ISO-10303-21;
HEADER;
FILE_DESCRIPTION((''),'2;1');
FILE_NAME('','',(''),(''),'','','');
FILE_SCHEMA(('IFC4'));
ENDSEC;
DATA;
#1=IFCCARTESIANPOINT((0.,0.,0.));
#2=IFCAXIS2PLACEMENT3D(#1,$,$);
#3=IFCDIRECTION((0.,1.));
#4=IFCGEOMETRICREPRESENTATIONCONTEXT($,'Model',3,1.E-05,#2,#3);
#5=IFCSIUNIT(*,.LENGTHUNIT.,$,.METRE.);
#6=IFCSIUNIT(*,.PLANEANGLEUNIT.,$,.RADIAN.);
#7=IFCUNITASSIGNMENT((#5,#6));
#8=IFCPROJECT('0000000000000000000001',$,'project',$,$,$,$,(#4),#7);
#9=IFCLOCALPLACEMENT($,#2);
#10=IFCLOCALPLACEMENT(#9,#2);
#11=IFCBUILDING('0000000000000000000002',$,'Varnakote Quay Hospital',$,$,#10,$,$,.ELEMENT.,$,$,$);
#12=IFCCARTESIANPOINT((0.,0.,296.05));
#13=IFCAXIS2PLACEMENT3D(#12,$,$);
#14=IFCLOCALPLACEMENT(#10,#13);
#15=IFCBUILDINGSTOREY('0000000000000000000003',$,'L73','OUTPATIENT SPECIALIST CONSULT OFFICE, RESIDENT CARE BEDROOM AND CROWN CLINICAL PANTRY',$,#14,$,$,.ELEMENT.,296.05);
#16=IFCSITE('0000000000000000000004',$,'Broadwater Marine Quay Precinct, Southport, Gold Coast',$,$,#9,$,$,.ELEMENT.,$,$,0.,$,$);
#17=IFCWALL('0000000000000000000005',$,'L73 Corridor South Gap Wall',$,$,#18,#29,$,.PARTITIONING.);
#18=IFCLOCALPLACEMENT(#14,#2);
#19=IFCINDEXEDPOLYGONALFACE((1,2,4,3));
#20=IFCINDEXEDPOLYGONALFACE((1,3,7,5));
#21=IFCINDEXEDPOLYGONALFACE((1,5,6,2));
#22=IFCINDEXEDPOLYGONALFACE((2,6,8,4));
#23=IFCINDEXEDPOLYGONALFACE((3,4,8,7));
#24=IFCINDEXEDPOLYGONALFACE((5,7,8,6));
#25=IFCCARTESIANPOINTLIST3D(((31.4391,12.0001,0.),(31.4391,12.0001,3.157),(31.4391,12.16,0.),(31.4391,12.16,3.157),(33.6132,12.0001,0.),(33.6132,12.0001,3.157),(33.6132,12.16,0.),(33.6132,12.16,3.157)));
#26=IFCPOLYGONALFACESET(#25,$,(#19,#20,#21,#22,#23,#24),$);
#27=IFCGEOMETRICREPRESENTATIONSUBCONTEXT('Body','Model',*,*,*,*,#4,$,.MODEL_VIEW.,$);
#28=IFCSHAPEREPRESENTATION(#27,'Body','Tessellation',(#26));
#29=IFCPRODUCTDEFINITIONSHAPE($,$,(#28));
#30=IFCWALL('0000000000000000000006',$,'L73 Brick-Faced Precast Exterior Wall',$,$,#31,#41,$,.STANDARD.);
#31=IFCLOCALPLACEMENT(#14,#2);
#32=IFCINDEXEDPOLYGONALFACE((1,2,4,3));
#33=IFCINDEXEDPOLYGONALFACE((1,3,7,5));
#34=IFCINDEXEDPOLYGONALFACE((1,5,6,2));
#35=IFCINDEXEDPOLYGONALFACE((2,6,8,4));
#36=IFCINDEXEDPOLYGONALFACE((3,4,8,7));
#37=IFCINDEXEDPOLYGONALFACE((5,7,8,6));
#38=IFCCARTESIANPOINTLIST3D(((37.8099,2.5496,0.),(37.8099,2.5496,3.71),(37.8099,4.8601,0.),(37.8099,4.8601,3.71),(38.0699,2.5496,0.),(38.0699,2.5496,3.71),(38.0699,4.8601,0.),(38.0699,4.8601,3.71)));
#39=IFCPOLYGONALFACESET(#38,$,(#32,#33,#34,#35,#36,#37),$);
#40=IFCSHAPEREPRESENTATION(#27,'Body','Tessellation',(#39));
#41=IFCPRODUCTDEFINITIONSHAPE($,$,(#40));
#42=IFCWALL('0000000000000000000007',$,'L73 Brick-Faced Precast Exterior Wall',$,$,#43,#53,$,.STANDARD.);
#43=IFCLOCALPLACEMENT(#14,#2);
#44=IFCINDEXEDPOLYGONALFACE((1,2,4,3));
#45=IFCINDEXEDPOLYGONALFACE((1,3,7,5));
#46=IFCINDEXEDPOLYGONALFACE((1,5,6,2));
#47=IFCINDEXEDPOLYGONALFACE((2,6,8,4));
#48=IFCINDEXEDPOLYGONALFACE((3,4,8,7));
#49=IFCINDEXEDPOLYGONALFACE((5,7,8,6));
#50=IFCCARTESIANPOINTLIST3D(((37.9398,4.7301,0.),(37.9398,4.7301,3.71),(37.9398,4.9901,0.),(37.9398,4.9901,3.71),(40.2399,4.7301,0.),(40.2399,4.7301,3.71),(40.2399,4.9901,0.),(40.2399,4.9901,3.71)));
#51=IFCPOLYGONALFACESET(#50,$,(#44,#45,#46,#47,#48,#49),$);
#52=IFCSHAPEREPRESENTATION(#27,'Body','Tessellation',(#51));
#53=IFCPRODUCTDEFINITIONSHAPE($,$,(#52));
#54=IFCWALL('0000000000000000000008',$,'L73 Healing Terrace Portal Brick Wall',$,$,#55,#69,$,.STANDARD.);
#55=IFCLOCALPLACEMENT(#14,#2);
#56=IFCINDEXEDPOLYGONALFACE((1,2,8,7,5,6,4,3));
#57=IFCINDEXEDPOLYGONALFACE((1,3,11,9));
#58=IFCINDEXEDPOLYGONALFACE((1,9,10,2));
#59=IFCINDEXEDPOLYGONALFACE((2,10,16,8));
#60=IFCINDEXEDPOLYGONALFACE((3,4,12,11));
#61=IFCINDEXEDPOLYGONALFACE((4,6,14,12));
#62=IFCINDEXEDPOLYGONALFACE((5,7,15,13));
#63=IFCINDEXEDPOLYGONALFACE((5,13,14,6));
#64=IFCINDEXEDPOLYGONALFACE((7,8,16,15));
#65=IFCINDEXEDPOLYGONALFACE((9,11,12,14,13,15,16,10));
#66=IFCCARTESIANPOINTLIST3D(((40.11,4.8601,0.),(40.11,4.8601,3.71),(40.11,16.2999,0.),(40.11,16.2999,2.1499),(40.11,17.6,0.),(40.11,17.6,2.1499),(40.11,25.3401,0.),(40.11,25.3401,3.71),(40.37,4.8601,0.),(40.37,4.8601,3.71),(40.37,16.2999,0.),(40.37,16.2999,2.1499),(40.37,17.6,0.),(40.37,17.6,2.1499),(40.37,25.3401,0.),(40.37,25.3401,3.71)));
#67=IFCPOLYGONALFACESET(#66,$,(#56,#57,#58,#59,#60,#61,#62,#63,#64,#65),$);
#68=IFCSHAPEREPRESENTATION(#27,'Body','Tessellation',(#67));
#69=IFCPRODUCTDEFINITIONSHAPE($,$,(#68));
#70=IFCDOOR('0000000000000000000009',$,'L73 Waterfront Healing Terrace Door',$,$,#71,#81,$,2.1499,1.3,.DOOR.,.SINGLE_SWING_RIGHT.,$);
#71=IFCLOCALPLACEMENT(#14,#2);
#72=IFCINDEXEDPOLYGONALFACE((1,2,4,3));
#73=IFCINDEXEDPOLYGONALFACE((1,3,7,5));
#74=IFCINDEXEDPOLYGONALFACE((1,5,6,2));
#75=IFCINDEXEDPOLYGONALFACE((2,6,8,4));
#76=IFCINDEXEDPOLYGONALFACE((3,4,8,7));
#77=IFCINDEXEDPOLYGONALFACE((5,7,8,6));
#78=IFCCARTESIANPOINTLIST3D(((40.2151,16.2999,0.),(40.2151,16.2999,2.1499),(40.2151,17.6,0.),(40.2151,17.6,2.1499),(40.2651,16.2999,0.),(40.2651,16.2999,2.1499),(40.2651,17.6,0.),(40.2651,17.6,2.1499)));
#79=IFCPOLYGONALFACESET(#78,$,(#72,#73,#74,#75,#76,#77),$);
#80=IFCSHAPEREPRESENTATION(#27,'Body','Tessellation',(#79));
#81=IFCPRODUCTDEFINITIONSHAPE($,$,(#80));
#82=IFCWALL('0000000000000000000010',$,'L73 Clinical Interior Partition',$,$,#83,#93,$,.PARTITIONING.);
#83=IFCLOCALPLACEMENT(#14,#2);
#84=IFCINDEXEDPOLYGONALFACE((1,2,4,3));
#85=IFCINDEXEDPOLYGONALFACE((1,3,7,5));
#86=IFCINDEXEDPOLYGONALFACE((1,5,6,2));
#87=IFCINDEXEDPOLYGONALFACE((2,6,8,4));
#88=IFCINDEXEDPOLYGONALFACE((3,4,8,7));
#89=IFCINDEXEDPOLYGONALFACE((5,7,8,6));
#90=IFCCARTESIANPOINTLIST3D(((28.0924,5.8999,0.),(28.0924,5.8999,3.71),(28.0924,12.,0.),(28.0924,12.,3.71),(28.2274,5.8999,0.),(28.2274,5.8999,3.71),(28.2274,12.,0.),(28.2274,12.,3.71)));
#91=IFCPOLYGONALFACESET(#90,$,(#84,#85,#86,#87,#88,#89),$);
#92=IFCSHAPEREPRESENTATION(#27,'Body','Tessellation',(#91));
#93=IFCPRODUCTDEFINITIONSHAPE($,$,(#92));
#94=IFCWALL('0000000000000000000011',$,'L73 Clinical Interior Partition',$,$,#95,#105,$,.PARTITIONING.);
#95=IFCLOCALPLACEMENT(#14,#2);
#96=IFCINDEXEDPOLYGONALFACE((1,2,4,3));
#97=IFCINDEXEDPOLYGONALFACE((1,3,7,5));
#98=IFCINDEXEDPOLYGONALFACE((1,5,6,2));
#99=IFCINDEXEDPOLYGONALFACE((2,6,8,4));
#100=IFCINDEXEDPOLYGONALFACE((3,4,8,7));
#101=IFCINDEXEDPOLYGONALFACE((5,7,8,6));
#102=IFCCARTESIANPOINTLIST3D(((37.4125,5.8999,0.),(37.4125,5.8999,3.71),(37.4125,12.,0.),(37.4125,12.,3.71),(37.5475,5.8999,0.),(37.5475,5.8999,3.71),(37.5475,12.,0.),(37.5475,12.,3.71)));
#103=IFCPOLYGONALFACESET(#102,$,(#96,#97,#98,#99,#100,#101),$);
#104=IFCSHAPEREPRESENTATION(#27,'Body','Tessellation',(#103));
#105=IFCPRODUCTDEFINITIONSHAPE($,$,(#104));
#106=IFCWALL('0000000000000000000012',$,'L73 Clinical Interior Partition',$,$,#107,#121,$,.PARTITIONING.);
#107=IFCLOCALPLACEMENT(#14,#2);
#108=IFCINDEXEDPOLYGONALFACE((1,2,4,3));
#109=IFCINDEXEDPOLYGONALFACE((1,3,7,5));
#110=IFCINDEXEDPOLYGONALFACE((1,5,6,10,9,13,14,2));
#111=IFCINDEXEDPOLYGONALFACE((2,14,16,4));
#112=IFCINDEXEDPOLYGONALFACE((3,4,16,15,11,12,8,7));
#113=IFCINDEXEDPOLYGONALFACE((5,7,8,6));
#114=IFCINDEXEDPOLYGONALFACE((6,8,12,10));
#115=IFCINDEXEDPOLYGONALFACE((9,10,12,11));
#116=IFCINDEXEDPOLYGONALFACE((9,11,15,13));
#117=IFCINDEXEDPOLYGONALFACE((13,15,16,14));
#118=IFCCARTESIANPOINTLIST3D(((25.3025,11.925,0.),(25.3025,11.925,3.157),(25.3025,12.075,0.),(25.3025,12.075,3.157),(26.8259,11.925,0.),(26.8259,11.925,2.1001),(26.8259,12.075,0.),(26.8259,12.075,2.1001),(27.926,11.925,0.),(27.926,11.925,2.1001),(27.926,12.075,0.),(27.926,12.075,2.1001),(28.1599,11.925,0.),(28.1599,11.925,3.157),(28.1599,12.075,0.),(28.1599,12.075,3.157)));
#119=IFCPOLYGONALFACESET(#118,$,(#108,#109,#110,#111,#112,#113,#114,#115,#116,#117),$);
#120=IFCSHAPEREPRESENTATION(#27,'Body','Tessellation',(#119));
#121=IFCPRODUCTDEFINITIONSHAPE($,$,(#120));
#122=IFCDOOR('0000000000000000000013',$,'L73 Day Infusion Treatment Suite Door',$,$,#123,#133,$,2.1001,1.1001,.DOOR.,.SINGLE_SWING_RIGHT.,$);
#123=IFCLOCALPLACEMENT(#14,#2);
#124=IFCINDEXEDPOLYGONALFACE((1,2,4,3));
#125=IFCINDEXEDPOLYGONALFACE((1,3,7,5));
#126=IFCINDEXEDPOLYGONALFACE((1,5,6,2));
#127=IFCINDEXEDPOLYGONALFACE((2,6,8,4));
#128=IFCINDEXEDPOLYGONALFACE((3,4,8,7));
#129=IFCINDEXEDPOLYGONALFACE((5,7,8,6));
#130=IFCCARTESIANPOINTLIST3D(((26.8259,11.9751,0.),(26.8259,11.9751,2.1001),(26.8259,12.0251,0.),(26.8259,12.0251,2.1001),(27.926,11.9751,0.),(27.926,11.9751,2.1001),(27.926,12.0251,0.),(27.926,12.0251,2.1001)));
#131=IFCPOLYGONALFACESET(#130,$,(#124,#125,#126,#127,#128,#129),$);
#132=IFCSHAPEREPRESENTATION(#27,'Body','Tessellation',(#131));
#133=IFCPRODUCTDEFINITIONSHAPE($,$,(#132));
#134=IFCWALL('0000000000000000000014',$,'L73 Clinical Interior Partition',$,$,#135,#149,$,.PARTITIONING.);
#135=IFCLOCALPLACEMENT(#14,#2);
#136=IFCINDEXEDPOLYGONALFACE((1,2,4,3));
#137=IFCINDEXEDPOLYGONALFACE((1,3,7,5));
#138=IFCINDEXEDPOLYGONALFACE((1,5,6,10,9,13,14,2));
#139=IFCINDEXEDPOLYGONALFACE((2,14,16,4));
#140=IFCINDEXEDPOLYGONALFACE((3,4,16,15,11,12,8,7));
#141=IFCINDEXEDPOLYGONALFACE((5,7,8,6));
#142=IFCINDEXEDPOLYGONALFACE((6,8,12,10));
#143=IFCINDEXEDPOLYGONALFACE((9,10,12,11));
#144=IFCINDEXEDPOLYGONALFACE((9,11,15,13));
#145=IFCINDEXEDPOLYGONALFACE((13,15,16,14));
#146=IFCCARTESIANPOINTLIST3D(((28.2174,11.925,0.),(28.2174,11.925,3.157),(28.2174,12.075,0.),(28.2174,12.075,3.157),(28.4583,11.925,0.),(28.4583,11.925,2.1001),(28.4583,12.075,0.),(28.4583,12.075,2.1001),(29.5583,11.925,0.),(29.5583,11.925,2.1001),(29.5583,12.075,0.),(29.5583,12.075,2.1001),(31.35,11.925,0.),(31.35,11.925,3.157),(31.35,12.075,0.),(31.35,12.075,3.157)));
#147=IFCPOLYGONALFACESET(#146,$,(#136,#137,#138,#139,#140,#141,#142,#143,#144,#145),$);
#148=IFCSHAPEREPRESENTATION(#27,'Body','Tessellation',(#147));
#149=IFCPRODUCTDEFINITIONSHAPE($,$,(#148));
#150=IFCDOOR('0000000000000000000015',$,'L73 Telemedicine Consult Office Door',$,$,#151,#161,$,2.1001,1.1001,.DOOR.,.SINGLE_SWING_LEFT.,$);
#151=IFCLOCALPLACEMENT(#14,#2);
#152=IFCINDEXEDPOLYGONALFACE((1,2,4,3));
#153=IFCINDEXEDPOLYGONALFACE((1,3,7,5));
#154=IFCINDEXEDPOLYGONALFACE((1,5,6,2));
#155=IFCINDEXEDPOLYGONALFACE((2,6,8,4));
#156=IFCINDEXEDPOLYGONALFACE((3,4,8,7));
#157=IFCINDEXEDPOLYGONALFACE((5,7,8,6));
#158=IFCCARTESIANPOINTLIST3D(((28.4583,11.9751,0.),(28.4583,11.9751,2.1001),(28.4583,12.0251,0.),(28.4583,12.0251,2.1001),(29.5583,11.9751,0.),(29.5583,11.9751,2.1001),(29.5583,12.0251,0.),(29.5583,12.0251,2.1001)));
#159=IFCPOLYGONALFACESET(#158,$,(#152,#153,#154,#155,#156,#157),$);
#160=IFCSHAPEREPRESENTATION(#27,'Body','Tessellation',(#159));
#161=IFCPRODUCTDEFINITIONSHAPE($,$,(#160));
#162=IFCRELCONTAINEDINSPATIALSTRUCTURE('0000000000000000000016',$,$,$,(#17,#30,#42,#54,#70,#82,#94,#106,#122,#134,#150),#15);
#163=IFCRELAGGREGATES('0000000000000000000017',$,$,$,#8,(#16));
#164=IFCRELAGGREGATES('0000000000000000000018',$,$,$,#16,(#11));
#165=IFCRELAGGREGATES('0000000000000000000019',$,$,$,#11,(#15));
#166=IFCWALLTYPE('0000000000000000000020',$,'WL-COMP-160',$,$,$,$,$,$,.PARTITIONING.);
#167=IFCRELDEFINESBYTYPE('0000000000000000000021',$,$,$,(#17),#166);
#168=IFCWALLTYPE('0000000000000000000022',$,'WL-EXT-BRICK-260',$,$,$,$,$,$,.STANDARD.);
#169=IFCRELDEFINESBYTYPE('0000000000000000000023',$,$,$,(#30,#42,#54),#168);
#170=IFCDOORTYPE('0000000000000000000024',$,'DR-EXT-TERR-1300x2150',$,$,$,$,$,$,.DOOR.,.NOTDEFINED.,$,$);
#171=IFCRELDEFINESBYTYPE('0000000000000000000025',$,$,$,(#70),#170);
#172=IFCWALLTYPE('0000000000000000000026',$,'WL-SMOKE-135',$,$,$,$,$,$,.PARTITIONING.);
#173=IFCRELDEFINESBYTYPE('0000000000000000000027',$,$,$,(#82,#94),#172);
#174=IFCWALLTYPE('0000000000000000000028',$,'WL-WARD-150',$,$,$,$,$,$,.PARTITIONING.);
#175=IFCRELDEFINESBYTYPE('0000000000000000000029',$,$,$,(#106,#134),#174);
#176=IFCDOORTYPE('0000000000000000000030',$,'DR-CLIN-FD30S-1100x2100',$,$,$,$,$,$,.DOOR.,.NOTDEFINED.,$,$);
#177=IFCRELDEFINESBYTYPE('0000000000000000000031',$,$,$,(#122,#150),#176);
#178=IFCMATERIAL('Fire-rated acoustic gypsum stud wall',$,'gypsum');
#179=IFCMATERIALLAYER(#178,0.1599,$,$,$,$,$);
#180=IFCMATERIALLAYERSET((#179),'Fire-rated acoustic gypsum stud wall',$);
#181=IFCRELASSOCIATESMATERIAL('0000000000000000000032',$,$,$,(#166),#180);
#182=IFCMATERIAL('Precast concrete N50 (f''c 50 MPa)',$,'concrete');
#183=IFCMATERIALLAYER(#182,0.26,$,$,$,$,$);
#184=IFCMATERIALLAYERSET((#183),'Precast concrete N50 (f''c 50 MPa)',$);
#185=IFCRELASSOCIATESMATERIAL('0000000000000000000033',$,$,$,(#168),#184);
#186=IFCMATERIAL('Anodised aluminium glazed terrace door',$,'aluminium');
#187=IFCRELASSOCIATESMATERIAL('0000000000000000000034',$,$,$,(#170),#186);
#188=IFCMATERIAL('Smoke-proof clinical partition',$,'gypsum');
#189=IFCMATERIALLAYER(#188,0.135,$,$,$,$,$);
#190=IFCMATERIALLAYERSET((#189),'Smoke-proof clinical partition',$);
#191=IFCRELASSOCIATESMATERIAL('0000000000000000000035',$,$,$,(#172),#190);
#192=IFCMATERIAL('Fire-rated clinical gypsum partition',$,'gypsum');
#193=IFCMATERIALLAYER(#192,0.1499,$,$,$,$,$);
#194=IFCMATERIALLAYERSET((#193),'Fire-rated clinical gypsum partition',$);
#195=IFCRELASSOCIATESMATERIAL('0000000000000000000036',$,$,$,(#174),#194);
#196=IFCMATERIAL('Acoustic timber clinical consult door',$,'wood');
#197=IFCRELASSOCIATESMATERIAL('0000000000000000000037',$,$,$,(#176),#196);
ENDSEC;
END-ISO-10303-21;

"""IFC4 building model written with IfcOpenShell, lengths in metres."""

from ifc_helpers import new_model, si_unit, direction, frame, frame_2d, origin, place, context, subcontext, project, spatial, rectangle, extrude, material, layer, layer_set, type_object, element, fill, save


model = new_model("IFC4")

# Units and contexts
model_context = context("Model", 3, precision=1e-05, world=origin(), true_north=direction((0.0, 1.0)))
body_context = subcontext(model_context, "Body", "Model", "MODEL_VIEW")
ifc_project = project(units=[si_unit("LENGTHUNIT", "METRE"), si_unit("PLANEANGLEUNIT", "RADIAN")], contexts=[model_context])

# Site, building, storey
site_placement = place(None, origin())
site = spatial("IfcSite", under=ifc_project, at=site_placement, Name="Broadwater Marine Quay Precinct, Southport, Gold Coast", CompositionType="ELEMENT", RefElevation=0.0)
building_placement = place(site_placement, origin())
building = spatial("IfcBuilding", under=site, at=building_placement, Name="Varnakote Quay Hospital", CompositionType="ELEMENT")
storey_placement = place(building_placement, frame((0.0, 0.0, 296.05)))
storey = spatial("IfcBuildingStorey", under=building, at=storey_placement, Name="L73", Description="OUTPATIENT SPECIALIST CONSULT OFFICE, RESIDENT CARE BEDROOM AND CROWN CLINICAL PANTRY", CompositionType="ELEMENT", Elevation=296.05)

# Walls
ifc_material_1 = material(Name="Fire-rated acoustic gypsum stud wall", Category="gypsum")
ifc_layer_1 = layer(ifc_material_1, 0.1599)
ifc_layer_set_1 = layer_set([ifc_layer_1], Name="Fire-rated acoustic gypsum stud wall")
wall_type_1 = type_object("IfcWallType", Name="WL-COMP-160", PredefinedType="PARTITIONING", material=ifc_layer_set_1)
wall_1_placement = place(storey_placement, frame((31.4392, 12.0801, 0.0), z_axis=(0.0, 0.0, 1.0), x_axis=(1.0, 0.0, 0.0)))
element("IfcWall", 1, at=wall_1_placement, inside=storey, type_object=wall_type_1, Name="L73 Corridor South Gap Wall", PredefinedType="PARTITIONING", context=body_context, shape_type="SweptSolid", body=[
    extrude(rectangle(XDim=2.1741, YDim=0.1599, at=frame_2d((1.0869, 0.0))), origin(), (0.0, 0.0, 1.0), 3.157),
])
ifc_material_2 = material(Name="Precast concrete N50 (f'c 50 MPa)", Category="concrete")
ifc_layer_2 = layer(ifc_material_2, 0.26)
ifc_layer_set_2 = layer_set([ifc_layer_2], Name="Precast concrete N50 (f'c 50 MPa)")
wall_type_2 = type_object("IfcWallType", Name="WL-EXT-BRICK-260", PredefinedType="STANDARD", material=ifc_layer_set_2)
wall_2_placement = place(storey_placement, frame((37.9399, 2.5496, 0.0), z_axis=(0.0, 0.0, 1.0), x_axis=(0.0, 1.0, 0.0)))
element("IfcWall", 2, at=wall_2_placement, inside=storey, type_object=wall_type_2, Name="L73 Brick-Faced Precast Exterior Wall", PredefinedType="STANDARD", context=body_context, shape_type="SweptSolid", body=[
    extrude(rectangle(XDim=2.3105, YDim=0.26, at=frame_2d((1.1553, 0.0))), origin(), (0.0, 0.0, 1.0), 3.71),
])
wall_3_placement = place(storey_placement, frame((37.9399, 4.8601, 0.0), z_axis=(0.0, 0.0, 1.0), x_axis=(1.0, 0.0, 0.0)))
element("IfcWall", 3, at=wall_3_placement, inside=storey, type_object=wall_type_2, Name="L73 Brick-Faced Precast Exterior Wall", PredefinedType="STANDARD", context=body_context, shape_type="SweptSolid", body=[
    extrude(rectangle(XDim=2.3, YDim=0.26, at=frame_2d((1.1499, 0.0))), origin(), (0.0, 0.0, 1.0), 3.71),
])

# Wall, opening, door
wall_4_placement = place(storey_placement, frame((40.24, 4.8601, 0.0), z_axis=(0.0, 0.0, 1.0), x_axis=(0.0, 1.0, 0.0)))
wall_4 = element("IfcWall", 4, at=wall_4_placement, inside=storey, type_object=wall_type_2, Name="L73 Healing Terrace Portal Brick Wall", PredefinedType="STANDARD", context=body_context, shape_type="SweptSolid", body=[
    extrude(rectangle(XDim=20.48, YDim=0.26, at=frame_2d((10.24, 0.0))), origin(), (0.0, 0.0, 1.0), 3.71),
])
opening_1_placement = place(wall_4_placement, frame((11.4399, 0.0, 0.0)))
opening_1 = element("IfcOpeningElement", 5, at=opening_1_placement, cuts=wall_4, PredefinedType="OPENING", context=body_context, shape_type="SweptSolid", body=[
    extrude(rectangle(XDim=1.3, YDim=2.1499, at=frame_2d((0.6499, 1.075))), frame((0.0, 0.1399, 0.0), z_axis=(0.0, -1.0, 0.0), x_axis=(1.0, 0.0, 0.0)), (0.0, 0.0, 1.0), 0.28),
])
ifc_material_3 = material(Name="Anodised aluminium glazed terrace door", Category="aluminium")
door_type_1 = type_object("IfcDoorType", Name="DR-EXT-TERR-1300x2150", OperationType="NOTDEFINED", PredefinedType="DOOR", material=ifc_material_3)
door_1_placement = place(opening_1_placement, origin())
door_1 = element("IfcDoor", 6, at=door_1_placement, inside=storey, type_object=door_type_1, Name="L73 Waterfront Healing Terrace Door", OperationType="SINGLE_SWING_RIGHT", OverallHeight=2.1499, OverallWidth=1.3, PredefinedType="DOOR", context=body_context, shape_type="SweptSolid", body=[
    extrude(rectangle(XDim=1.3, YDim=2.1499, at=frame_2d((0.6499, 1.075))), frame((0.0, 0.0249, 0.0), z_axis=(0.0, -1.0, 0.0), x_axis=(1.0, 0.0, 0.0)), (0.0, 0.0, 1.0), 0.05),
])
fill(opening_1, door_1)

# Walls
ifc_material_4 = material(Name="Smoke-proof clinical partition", Category="gypsum")
ifc_layer_3 = layer(ifc_material_4, 0.135)
ifc_layer_set_3 = layer_set([ifc_layer_3], Name="Smoke-proof clinical partition")
wall_type_3 = type_object("IfcWallType", Name="WL-SMOKE-135", PredefinedType="PARTITIONING", material=ifc_layer_set_3)
for number, where, z_axis, x_axis, name in (
    (7, (28.1599, 5.8999, 0.0), (0.0, 0.0, 1.0), (0.0, 1.0, 0.0), "L73 Clinical Interior Partition"),
    (8, (37.48, 5.8999, 0.0), (0.0, 0.0, 1.0), (0.0, 1.0, 0.0), "L73 Clinical Interior Partition"),
):
    element("IfcWall", number, at=place(storey_placement, frame(where, z_axis=z_axis, x_axis=x_axis)), inside=storey, type_object=wall_type_3, Name=name, PredefinedType="PARTITIONING", context=body_context, shape_type="SweptSolid", body=[
        extrude(rectangle(XDim=6.1001, YDim=0.135, at=frame_2d((3.05, 0.0))), origin(), (0.0, 0.0, 1.0), 3.71),
    ])

# Walls, openings, doors
ifc_material_5 = material(Name="Fire-rated clinical gypsum partition", Category="gypsum")
ifc_layer_4 = layer(ifc_material_5, 0.1499)
ifc_layer_set_4 = layer_set([ifc_layer_4], Name="Fire-rated clinical gypsum partition")
wall_type_4 = type_object("IfcWallType", Name="WL-WARD-150", PredefinedType="PARTITIONING", material=ifc_layer_set_4)
wall_5_placement = place(storey_placement, frame((28.1599, 12.0, 0.0), z_axis=(0.0, 0.0, 1.0), x_axis=(-1.0, 0.0, 0.0)))
wall_5 = element("IfcWall", 9, at=wall_5_placement, inside=storey, type_object=wall_type_4, Name="L73 Clinical Interior Partition", PredefinedType="PARTITIONING", context=body_context, shape_type="SweptSolid", body=[
    extrude(rectangle(XDim=2.8574, YDim=0.1499, at=frame_2d((1.4287, 0.0))), origin(), (0.0, 0.0, 1.0), 3.157),
])
opening_2_placement = place(wall_5_placement, frame((0.2339, 0.0, 0.0)))
opening_2 = element("IfcOpeningElement", 10, at=opening_2_placement, cuts=wall_5, PredefinedType="OPENING", context=body_context, shape_type="SweptSolid", body=[
    extrude(rectangle(XDim=1.1001, YDim=2.1001, at=frame_2d((0.55, 1.05))), frame((0.0, 0.085, 0.0), z_axis=(0.0, -1.0, 0.0), x_axis=(1.0, 0.0, 0.0)), (0.0, 0.0, 1.0), 0.1699),
])
ifc_material_6 = material(Name="Acoustic timber clinical consult door", Category="wood")
door_type_2 = type_object("IfcDoorType", Name="DR-CLIN-FD30S-1100x2100", OperationType="NOTDEFINED", PredefinedType="DOOR", material=ifc_material_6)
door_2_placement = place(opening_2_placement, origin())
door_2 = element("IfcDoor", 11, at=door_2_placement, inside=storey, type_object=door_type_2, Name="L73 Day Infusion Treatment Suite Door", OperationType="SINGLE_SWING_RIGHT", OverallHeight=2.1001, OverallWidth=1.1001, PredefinedType="DOOR", context=body_context, shape_type="SweptSolid", body=[
    extrude(rectangle(XDim=1.1001, YDim=2.1001, at=frame_2d((0.55, 1.05))), frame((0.0, 0.0249, 0.0), z_axis=(0.0, -1.0, 0.0), x_axis=(1.0, 0.0, 0.0)), (0.0, 0.0, 1.0), 0.05),
])
fill(opening_2, door_2)
wall_6_placement = place(storey_placement, frame((31.3501, 12.0, 0.0), z_axis=(0.0, 0.0, 1.0), x_axis=(-1.0, 0.0, 0.0)))
wall_6 = element("IfcWall", 12, at=wall_6_placement, inside=storey, type_object=wall_type_4, Name="L73 Clinical Interior Partition", PredefinedType="PARTITIONING", context=body_context, shape_type="SweptSolid", body=[
    extrude(rectangle(XDim=3.1326, YDim=0.1499, at=frame_2d((1.5664, 0.0))), origin(), (0.0, 0.0, 1.0), 3.157),
])
opening_3_placement = place(wall_6_placement, frame((1.7917, 0.0, 0.0)))
opening_3 = element("IfcOpeningElement", 13, at=opening_3_placement, cuts=wall_6, PredefinedType="OPENING", context=body_context, shape_type="SweptSolid", body=[
    extrude(rectangle(XDim=1.1001, YDim=2.1001, at=frame_2d((0.55, 1.05))), frame((0.0, 0.085, 0.0), z_axis=(0.0, -1.0, 0.0), x_axis=(1.0, 0.0, 0.0)), (0.0, 0.0, 1.0), 0.1699),
])
door_3_placement = place(opening_3_placement, origin())
door_3 = element("IfcDoor", 14, at=door_3_placement, inside=storey, type_object=door_type_2, Name="L73 Telemedicine Consult Office Door", OperationType="SINGLE_SWING_LEFT", OverallHeight=2.1001, OverallWidth=1.1001, PredefinedType="DOOR", context=body_context, shape_type="SweptSolid", body=[
    extrude(rectangle(XDim=1.1001, YDim=2.1001, at=frame_2d((0.55, 1.05))), frame((0.0, 0.0249, 0.0), z_axis=(0.0, -1.0, 0.0), x_axis=(1.0, 0.0, 0.0)), (0.0, 0.0, 1.0), 0.05),
])
fill(opening_3, door_3)

save(model, "model.ifc")
